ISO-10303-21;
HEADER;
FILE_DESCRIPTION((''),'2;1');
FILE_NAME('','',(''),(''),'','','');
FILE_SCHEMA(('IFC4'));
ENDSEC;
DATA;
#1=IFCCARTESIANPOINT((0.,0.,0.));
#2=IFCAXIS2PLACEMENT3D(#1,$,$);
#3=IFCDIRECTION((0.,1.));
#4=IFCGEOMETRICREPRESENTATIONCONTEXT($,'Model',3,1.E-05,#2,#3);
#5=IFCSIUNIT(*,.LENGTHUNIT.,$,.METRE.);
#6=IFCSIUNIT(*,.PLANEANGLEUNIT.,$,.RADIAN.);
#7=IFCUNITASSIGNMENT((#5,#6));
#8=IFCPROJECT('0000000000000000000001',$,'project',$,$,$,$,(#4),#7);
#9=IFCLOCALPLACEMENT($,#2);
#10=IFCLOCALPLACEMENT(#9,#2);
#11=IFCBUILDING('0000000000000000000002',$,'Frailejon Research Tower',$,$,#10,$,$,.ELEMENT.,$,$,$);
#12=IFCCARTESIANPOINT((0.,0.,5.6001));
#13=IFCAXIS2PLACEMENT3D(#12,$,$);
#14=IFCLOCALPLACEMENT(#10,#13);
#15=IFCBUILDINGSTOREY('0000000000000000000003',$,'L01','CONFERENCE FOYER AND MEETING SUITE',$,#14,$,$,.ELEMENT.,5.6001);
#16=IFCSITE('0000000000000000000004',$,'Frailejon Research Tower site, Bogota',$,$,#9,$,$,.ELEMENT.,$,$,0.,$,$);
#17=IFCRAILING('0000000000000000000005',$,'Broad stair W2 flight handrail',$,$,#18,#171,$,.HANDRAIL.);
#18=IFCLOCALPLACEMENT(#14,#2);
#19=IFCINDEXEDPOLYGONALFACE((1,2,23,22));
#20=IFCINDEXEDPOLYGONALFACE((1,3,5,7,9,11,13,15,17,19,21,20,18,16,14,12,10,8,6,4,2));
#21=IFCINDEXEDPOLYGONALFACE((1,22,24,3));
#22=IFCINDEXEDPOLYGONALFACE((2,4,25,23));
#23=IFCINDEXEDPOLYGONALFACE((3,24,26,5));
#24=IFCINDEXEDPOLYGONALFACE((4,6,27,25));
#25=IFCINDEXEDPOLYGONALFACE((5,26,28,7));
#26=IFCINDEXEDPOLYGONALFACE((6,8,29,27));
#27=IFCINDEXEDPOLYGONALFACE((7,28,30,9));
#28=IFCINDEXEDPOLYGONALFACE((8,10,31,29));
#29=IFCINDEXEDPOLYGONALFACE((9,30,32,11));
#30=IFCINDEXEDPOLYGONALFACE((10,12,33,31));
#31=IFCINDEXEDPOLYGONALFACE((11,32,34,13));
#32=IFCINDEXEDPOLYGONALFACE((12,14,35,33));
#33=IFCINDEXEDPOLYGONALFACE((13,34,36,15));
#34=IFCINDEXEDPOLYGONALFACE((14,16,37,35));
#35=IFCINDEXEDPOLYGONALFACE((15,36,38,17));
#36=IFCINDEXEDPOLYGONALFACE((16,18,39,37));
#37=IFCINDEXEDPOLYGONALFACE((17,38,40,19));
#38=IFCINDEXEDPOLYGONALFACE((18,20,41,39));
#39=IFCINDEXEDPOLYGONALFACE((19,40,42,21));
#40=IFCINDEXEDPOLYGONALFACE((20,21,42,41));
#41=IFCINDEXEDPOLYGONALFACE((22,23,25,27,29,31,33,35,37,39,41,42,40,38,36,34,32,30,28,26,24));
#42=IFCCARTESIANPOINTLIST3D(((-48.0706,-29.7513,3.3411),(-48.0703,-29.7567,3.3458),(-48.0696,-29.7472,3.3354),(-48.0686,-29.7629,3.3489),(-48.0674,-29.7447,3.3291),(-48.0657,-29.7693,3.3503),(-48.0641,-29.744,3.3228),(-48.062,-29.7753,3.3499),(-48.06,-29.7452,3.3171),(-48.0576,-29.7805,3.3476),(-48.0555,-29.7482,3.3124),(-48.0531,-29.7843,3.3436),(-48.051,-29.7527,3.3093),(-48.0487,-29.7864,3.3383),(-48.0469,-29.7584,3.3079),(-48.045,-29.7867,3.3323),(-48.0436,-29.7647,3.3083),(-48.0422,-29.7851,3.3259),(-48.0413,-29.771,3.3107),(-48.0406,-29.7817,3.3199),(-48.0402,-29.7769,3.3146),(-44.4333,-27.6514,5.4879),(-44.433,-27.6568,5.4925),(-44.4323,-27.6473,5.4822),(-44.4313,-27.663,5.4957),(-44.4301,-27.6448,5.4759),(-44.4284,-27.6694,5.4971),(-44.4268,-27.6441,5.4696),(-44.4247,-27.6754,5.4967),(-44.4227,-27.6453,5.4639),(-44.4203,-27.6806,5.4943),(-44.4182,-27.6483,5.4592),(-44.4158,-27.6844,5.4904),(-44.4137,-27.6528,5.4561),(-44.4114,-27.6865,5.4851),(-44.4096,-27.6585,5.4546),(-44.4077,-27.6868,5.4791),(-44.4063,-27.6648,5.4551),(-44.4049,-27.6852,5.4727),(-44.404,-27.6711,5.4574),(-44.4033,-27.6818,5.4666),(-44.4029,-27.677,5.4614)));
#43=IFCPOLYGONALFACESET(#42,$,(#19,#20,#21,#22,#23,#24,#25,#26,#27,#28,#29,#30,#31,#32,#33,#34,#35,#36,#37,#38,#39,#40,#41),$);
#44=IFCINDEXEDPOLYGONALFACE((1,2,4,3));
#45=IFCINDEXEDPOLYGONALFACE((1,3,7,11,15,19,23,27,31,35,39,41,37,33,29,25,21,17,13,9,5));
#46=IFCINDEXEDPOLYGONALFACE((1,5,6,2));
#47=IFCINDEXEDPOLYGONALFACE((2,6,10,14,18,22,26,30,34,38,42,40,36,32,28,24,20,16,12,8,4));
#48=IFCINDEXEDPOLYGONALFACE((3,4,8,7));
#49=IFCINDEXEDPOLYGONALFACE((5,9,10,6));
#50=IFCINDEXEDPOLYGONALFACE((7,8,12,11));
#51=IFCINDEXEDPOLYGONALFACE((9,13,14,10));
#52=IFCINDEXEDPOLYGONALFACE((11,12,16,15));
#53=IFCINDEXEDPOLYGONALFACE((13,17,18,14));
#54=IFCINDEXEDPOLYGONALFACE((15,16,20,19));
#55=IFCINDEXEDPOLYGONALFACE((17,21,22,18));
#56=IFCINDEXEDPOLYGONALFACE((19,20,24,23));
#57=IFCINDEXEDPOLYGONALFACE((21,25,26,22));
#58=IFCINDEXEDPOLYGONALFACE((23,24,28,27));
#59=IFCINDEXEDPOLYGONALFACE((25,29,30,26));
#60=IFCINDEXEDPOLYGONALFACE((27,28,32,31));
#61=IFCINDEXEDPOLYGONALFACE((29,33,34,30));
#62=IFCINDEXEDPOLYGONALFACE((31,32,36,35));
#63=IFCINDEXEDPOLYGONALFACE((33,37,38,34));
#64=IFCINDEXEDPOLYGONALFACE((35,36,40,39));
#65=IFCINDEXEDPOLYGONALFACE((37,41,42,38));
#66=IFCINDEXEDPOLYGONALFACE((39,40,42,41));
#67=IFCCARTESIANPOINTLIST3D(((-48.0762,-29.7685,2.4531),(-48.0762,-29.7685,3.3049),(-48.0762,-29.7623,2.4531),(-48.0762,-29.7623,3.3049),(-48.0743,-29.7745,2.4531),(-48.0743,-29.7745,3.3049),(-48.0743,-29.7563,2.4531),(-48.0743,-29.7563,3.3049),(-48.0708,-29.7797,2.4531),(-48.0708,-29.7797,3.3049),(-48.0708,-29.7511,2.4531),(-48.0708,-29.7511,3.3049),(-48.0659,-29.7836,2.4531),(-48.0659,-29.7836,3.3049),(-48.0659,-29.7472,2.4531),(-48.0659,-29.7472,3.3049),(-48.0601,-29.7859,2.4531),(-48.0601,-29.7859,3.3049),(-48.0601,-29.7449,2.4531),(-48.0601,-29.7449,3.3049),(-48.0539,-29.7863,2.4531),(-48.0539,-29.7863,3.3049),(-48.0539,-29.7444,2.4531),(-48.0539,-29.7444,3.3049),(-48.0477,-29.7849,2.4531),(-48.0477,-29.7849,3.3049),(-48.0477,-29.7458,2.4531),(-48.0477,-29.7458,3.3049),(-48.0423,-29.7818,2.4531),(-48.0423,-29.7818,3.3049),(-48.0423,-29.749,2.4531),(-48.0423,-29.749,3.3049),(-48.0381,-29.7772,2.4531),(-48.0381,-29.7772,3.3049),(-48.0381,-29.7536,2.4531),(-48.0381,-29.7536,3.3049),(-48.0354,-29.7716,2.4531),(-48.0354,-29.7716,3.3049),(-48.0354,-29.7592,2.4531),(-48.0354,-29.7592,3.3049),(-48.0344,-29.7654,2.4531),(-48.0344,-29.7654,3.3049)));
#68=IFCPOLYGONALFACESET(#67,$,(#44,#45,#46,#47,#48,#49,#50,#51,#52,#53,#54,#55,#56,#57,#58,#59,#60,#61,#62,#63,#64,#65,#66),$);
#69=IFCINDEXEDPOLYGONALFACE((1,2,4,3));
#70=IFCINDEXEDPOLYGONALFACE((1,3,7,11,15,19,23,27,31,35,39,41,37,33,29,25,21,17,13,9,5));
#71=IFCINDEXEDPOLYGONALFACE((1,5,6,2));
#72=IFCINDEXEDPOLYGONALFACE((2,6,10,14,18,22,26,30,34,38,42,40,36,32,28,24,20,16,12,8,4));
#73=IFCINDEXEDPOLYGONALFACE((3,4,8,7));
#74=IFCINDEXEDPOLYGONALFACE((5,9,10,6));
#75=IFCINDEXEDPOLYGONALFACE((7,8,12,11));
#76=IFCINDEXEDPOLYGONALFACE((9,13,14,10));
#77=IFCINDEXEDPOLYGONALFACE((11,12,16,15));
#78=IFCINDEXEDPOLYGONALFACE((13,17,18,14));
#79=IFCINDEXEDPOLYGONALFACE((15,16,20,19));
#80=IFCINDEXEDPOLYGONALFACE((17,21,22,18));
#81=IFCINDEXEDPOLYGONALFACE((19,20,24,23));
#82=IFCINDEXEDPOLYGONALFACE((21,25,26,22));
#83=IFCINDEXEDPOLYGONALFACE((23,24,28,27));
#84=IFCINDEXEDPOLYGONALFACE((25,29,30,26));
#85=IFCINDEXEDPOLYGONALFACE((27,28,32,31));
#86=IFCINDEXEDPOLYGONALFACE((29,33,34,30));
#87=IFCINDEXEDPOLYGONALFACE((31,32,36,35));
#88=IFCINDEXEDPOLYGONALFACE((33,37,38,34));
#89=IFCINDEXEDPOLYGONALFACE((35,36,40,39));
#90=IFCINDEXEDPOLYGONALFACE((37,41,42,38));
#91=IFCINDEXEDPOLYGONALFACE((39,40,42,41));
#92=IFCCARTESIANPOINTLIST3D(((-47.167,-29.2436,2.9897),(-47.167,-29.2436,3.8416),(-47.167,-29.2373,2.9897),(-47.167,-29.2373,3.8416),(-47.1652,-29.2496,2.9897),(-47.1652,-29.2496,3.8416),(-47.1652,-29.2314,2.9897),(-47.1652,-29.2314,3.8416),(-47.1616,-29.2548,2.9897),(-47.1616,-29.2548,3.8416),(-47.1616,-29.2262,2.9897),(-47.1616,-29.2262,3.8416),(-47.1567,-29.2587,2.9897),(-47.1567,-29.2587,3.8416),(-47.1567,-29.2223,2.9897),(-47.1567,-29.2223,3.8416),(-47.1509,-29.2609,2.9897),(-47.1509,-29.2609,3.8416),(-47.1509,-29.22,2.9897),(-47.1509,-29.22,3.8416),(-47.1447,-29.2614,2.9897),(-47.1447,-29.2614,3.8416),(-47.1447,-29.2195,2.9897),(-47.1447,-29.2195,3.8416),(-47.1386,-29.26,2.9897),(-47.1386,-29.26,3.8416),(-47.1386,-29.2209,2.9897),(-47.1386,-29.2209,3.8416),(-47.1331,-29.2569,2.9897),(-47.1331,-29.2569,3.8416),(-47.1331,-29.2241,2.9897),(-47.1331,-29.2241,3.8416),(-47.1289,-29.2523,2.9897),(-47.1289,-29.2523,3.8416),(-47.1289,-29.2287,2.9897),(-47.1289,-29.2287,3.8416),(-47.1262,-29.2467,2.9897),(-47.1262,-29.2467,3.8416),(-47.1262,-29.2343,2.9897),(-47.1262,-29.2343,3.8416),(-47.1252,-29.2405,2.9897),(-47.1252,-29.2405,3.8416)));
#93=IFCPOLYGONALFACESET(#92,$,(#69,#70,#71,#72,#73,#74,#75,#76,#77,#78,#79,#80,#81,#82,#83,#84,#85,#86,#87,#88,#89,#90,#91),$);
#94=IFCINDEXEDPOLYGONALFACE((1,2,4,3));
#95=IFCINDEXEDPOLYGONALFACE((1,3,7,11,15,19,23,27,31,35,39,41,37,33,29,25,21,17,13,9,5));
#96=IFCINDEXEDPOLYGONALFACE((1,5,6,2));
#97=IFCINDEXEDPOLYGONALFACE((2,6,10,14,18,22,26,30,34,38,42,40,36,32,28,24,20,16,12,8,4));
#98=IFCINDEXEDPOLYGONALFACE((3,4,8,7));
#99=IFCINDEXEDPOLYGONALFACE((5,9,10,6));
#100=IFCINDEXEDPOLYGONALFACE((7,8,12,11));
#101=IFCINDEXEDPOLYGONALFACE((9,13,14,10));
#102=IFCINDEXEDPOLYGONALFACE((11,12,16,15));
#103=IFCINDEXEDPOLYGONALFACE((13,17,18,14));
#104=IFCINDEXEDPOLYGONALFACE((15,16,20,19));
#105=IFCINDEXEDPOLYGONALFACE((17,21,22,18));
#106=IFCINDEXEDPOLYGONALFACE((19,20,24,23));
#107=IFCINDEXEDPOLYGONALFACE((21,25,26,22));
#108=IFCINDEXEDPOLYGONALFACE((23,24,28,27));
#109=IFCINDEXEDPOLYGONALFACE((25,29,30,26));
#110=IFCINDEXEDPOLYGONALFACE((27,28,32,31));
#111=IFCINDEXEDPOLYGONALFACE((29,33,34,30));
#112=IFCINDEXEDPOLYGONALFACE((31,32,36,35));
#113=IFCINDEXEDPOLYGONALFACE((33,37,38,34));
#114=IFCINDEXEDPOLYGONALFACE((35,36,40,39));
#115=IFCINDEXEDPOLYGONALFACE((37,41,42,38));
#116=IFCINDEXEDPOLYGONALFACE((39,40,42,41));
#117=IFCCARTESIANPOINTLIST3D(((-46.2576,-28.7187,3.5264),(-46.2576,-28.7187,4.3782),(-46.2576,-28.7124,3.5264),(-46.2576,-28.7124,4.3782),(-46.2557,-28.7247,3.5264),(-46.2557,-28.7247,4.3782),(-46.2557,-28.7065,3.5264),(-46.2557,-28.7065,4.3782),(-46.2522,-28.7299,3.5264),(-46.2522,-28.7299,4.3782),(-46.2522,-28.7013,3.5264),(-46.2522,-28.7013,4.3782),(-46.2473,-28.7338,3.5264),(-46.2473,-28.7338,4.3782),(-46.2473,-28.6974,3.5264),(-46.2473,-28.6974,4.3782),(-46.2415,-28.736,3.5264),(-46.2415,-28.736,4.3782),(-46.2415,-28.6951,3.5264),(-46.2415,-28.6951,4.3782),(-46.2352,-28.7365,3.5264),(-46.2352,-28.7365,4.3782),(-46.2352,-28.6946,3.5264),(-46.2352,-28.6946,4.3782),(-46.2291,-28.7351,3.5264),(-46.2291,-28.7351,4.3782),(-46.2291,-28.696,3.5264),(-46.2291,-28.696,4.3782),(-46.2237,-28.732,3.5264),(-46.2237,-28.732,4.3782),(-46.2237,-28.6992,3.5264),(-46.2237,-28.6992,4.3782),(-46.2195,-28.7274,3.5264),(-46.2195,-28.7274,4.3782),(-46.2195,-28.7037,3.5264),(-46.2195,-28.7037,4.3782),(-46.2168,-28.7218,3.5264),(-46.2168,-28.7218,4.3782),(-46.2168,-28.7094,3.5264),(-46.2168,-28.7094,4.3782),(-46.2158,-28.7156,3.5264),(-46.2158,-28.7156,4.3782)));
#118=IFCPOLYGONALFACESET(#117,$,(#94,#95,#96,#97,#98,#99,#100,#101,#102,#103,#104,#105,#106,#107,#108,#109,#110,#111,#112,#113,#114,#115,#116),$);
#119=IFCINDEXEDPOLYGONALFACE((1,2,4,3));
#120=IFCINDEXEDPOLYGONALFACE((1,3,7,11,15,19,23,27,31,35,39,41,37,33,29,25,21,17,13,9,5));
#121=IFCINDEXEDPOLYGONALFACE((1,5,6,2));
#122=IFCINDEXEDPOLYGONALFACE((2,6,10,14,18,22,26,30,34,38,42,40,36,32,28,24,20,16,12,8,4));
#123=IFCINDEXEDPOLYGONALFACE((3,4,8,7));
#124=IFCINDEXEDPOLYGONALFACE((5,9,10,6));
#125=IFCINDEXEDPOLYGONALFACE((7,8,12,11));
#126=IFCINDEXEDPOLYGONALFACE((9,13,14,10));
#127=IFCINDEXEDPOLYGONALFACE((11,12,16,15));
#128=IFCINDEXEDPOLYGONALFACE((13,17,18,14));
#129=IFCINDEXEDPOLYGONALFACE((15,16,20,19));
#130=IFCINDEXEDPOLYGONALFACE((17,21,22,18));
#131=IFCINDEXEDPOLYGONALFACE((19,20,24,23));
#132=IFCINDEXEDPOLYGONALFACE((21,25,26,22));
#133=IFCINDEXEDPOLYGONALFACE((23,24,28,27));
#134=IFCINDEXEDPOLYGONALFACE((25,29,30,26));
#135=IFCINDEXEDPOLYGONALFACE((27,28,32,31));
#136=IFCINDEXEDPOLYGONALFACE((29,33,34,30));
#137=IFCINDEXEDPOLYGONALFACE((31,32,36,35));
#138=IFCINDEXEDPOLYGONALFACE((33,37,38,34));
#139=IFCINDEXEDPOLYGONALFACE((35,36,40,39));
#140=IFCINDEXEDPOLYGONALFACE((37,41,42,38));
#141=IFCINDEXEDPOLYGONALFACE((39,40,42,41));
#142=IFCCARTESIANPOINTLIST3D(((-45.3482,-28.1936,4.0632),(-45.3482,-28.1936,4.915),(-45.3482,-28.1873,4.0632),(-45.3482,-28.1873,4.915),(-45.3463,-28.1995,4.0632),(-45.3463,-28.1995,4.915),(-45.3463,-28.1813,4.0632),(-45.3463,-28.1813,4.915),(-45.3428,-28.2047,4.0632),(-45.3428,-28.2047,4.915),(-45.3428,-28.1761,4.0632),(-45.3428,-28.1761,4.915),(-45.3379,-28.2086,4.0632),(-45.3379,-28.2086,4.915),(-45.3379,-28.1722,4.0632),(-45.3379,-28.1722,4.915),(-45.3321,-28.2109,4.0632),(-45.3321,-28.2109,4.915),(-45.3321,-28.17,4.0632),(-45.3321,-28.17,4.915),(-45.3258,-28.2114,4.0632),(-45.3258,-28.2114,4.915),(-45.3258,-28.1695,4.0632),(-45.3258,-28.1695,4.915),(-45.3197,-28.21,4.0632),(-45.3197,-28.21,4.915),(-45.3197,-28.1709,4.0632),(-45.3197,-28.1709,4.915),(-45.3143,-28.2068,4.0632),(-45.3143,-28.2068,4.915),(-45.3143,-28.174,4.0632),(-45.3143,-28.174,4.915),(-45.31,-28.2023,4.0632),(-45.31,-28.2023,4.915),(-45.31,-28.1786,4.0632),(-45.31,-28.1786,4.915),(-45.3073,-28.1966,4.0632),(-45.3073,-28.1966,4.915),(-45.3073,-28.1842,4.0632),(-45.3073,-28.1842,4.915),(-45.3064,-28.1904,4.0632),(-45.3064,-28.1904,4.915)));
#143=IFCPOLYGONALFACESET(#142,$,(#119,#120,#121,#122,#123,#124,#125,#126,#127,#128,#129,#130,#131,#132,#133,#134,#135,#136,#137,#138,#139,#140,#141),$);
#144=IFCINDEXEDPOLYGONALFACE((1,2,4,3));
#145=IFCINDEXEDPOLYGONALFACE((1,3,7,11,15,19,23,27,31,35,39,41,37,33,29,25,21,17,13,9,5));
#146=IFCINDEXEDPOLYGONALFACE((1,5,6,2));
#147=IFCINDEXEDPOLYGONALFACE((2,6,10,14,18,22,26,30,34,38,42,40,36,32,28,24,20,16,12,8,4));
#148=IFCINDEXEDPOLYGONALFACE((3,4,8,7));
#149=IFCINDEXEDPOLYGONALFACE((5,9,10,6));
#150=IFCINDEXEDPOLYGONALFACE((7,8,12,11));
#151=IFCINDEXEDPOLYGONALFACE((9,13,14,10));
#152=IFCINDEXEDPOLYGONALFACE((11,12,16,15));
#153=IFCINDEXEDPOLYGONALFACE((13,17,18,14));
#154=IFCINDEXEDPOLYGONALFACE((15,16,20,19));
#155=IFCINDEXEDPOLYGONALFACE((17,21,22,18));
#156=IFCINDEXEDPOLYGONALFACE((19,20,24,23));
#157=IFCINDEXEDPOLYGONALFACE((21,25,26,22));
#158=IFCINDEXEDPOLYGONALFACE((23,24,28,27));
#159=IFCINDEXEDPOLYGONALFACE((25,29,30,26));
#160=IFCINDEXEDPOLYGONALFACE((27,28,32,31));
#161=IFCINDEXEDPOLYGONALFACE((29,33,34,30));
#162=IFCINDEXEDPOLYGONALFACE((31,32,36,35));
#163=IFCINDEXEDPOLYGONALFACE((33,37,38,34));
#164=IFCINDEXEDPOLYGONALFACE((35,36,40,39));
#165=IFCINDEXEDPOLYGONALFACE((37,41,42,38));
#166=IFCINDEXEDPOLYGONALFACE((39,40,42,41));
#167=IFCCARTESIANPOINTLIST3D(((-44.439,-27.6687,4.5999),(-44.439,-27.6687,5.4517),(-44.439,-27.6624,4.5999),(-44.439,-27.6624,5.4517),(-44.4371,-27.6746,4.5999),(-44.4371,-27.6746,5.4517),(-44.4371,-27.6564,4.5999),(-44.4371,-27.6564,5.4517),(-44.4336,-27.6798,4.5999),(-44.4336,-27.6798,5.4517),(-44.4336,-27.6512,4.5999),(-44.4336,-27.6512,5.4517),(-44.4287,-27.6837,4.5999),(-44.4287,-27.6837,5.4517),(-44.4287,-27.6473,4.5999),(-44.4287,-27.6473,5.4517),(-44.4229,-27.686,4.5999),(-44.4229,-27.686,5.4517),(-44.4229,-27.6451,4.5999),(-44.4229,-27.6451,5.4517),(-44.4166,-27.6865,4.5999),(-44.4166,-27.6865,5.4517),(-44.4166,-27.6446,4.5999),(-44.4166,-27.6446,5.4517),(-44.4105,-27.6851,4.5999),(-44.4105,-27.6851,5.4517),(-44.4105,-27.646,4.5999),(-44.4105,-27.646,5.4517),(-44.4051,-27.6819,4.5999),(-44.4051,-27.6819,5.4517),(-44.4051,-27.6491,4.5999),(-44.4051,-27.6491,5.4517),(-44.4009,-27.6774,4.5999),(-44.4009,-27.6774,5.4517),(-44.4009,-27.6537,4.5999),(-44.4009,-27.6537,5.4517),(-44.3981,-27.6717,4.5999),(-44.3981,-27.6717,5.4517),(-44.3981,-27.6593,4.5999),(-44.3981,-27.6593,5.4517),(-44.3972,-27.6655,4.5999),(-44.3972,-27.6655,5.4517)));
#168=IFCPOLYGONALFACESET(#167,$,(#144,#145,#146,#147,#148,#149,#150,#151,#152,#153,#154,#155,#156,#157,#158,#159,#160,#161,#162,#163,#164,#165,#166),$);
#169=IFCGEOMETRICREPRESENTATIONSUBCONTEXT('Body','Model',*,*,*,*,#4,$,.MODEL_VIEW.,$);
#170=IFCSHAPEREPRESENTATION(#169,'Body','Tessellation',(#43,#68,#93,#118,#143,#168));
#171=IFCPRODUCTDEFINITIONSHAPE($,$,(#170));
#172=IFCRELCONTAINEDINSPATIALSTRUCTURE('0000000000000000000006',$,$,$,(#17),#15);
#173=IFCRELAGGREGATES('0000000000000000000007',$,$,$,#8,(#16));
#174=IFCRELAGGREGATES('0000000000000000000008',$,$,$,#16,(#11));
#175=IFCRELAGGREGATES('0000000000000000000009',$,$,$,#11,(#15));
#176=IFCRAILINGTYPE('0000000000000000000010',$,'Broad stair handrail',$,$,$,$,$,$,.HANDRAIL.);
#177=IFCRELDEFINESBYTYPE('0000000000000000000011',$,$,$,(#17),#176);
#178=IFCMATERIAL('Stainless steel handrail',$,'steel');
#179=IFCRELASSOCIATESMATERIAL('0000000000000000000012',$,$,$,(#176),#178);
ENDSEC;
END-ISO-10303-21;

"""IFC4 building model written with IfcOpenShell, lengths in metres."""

from ifc_helpers import new_model, si_unit, direction, frame, origin, origin_2d, place, context, subcontext, project, spatial, circle, extrude, material, type_object, element, save


model = new_model("IFC4")

# Units and contexts
model_context = context("Model", 3, precision=1e-05, world=origin(), true_north=direction((0.0, 1.0)))
body_context = subcontext(model_context, "Body", "Model", "MODEL_VIEW")
ifc_project = project(units=[si_unit("LENGTHUNIT", "METRE"), si_unit("PLANEANGLEUNIT", "RADIAN")], contexts=[model_context])

# Site, building, storey
site_placement = place(None, origin())
site = spatial("IfcSite", under=ifc_project, at=site_placement, Name="Frailejon Research Tower site, Bogota", CompositionType="ELEMENT", RefElevation=0.0)
building_placement = place(site_placement, origin())
building = spatial("IfcBuilding", under=site, at=building_placement, Name="Frailejon Research Tower", CompositionType="ELEMENT")
storey_placement = place(building_placement, frame((0.0, 0.0, 5.6001)))
storey = spatial("IfcBuildingStorey", under=building, at=storey_placement, Name="L01", Description="CONFERENCE FOYER AND MEETING SUITE", CompositionType="ELEMENT", Elevation=5.6001)

# Railing
ifc_material_1 = material(Name="Stainless steel handrail", Category="steel")
railing_type_1 = type_object("IfcRailingType", Name="Broad stair handrail", PredefinedType="HANDRAIL", material=ifc_material_1)
railing_1_placement = place(storey_placement, frame((-48.0554, -29.7654, 2.4531)))
element("IfcRailing", 1, at=railing_1_placement, inside=storey, type_object=railing_type_1, Name="Broad stair W2 flight handrail", PredefinedType="HANDRAIL", context=body_context, shape_type="SweptSolid", body=[
    extrude(circle(Radius=0.0239, at=origin_2d()), frame((0.0, 0.0, 0.876), z_axis=(0.771137, 0.445197, 0.455135), x_axis=(-0.499984, 0.866035, 0.0)), (0.0, 0.0, 1.0), 4.7168),
    extrude(circle(Radius=0.021, at=origin_2d()), origin(), (0.0, 0.0, 1.0), 0.8518),
    extrude(circle(Radius=0.021, at=origin_2d()), frame((0.9092, 0.5249, 0.5366)), (0.0, 0.0, 1.0), 0.8518),
    extrude(circle(Radius=0.021, at=origin_2d()), frame((1.8186, 1.0498, 1.0732)), (0.0, 0.0, 1.0), 0.8518),
    extrude(circle(Radius=0.021, at=origin_2d()), frame((2.728, 1.575, 1.6101)), (0.0, 0.0, 1.0), 0.8518),
    extrude(circle(Radius=0.021, at=origin_2d()), frame((3.6372, 2.0999, 2.1467)), (0.0, 0.0, 1.0), 0.8518),
])

save(model, "model.ifc")
